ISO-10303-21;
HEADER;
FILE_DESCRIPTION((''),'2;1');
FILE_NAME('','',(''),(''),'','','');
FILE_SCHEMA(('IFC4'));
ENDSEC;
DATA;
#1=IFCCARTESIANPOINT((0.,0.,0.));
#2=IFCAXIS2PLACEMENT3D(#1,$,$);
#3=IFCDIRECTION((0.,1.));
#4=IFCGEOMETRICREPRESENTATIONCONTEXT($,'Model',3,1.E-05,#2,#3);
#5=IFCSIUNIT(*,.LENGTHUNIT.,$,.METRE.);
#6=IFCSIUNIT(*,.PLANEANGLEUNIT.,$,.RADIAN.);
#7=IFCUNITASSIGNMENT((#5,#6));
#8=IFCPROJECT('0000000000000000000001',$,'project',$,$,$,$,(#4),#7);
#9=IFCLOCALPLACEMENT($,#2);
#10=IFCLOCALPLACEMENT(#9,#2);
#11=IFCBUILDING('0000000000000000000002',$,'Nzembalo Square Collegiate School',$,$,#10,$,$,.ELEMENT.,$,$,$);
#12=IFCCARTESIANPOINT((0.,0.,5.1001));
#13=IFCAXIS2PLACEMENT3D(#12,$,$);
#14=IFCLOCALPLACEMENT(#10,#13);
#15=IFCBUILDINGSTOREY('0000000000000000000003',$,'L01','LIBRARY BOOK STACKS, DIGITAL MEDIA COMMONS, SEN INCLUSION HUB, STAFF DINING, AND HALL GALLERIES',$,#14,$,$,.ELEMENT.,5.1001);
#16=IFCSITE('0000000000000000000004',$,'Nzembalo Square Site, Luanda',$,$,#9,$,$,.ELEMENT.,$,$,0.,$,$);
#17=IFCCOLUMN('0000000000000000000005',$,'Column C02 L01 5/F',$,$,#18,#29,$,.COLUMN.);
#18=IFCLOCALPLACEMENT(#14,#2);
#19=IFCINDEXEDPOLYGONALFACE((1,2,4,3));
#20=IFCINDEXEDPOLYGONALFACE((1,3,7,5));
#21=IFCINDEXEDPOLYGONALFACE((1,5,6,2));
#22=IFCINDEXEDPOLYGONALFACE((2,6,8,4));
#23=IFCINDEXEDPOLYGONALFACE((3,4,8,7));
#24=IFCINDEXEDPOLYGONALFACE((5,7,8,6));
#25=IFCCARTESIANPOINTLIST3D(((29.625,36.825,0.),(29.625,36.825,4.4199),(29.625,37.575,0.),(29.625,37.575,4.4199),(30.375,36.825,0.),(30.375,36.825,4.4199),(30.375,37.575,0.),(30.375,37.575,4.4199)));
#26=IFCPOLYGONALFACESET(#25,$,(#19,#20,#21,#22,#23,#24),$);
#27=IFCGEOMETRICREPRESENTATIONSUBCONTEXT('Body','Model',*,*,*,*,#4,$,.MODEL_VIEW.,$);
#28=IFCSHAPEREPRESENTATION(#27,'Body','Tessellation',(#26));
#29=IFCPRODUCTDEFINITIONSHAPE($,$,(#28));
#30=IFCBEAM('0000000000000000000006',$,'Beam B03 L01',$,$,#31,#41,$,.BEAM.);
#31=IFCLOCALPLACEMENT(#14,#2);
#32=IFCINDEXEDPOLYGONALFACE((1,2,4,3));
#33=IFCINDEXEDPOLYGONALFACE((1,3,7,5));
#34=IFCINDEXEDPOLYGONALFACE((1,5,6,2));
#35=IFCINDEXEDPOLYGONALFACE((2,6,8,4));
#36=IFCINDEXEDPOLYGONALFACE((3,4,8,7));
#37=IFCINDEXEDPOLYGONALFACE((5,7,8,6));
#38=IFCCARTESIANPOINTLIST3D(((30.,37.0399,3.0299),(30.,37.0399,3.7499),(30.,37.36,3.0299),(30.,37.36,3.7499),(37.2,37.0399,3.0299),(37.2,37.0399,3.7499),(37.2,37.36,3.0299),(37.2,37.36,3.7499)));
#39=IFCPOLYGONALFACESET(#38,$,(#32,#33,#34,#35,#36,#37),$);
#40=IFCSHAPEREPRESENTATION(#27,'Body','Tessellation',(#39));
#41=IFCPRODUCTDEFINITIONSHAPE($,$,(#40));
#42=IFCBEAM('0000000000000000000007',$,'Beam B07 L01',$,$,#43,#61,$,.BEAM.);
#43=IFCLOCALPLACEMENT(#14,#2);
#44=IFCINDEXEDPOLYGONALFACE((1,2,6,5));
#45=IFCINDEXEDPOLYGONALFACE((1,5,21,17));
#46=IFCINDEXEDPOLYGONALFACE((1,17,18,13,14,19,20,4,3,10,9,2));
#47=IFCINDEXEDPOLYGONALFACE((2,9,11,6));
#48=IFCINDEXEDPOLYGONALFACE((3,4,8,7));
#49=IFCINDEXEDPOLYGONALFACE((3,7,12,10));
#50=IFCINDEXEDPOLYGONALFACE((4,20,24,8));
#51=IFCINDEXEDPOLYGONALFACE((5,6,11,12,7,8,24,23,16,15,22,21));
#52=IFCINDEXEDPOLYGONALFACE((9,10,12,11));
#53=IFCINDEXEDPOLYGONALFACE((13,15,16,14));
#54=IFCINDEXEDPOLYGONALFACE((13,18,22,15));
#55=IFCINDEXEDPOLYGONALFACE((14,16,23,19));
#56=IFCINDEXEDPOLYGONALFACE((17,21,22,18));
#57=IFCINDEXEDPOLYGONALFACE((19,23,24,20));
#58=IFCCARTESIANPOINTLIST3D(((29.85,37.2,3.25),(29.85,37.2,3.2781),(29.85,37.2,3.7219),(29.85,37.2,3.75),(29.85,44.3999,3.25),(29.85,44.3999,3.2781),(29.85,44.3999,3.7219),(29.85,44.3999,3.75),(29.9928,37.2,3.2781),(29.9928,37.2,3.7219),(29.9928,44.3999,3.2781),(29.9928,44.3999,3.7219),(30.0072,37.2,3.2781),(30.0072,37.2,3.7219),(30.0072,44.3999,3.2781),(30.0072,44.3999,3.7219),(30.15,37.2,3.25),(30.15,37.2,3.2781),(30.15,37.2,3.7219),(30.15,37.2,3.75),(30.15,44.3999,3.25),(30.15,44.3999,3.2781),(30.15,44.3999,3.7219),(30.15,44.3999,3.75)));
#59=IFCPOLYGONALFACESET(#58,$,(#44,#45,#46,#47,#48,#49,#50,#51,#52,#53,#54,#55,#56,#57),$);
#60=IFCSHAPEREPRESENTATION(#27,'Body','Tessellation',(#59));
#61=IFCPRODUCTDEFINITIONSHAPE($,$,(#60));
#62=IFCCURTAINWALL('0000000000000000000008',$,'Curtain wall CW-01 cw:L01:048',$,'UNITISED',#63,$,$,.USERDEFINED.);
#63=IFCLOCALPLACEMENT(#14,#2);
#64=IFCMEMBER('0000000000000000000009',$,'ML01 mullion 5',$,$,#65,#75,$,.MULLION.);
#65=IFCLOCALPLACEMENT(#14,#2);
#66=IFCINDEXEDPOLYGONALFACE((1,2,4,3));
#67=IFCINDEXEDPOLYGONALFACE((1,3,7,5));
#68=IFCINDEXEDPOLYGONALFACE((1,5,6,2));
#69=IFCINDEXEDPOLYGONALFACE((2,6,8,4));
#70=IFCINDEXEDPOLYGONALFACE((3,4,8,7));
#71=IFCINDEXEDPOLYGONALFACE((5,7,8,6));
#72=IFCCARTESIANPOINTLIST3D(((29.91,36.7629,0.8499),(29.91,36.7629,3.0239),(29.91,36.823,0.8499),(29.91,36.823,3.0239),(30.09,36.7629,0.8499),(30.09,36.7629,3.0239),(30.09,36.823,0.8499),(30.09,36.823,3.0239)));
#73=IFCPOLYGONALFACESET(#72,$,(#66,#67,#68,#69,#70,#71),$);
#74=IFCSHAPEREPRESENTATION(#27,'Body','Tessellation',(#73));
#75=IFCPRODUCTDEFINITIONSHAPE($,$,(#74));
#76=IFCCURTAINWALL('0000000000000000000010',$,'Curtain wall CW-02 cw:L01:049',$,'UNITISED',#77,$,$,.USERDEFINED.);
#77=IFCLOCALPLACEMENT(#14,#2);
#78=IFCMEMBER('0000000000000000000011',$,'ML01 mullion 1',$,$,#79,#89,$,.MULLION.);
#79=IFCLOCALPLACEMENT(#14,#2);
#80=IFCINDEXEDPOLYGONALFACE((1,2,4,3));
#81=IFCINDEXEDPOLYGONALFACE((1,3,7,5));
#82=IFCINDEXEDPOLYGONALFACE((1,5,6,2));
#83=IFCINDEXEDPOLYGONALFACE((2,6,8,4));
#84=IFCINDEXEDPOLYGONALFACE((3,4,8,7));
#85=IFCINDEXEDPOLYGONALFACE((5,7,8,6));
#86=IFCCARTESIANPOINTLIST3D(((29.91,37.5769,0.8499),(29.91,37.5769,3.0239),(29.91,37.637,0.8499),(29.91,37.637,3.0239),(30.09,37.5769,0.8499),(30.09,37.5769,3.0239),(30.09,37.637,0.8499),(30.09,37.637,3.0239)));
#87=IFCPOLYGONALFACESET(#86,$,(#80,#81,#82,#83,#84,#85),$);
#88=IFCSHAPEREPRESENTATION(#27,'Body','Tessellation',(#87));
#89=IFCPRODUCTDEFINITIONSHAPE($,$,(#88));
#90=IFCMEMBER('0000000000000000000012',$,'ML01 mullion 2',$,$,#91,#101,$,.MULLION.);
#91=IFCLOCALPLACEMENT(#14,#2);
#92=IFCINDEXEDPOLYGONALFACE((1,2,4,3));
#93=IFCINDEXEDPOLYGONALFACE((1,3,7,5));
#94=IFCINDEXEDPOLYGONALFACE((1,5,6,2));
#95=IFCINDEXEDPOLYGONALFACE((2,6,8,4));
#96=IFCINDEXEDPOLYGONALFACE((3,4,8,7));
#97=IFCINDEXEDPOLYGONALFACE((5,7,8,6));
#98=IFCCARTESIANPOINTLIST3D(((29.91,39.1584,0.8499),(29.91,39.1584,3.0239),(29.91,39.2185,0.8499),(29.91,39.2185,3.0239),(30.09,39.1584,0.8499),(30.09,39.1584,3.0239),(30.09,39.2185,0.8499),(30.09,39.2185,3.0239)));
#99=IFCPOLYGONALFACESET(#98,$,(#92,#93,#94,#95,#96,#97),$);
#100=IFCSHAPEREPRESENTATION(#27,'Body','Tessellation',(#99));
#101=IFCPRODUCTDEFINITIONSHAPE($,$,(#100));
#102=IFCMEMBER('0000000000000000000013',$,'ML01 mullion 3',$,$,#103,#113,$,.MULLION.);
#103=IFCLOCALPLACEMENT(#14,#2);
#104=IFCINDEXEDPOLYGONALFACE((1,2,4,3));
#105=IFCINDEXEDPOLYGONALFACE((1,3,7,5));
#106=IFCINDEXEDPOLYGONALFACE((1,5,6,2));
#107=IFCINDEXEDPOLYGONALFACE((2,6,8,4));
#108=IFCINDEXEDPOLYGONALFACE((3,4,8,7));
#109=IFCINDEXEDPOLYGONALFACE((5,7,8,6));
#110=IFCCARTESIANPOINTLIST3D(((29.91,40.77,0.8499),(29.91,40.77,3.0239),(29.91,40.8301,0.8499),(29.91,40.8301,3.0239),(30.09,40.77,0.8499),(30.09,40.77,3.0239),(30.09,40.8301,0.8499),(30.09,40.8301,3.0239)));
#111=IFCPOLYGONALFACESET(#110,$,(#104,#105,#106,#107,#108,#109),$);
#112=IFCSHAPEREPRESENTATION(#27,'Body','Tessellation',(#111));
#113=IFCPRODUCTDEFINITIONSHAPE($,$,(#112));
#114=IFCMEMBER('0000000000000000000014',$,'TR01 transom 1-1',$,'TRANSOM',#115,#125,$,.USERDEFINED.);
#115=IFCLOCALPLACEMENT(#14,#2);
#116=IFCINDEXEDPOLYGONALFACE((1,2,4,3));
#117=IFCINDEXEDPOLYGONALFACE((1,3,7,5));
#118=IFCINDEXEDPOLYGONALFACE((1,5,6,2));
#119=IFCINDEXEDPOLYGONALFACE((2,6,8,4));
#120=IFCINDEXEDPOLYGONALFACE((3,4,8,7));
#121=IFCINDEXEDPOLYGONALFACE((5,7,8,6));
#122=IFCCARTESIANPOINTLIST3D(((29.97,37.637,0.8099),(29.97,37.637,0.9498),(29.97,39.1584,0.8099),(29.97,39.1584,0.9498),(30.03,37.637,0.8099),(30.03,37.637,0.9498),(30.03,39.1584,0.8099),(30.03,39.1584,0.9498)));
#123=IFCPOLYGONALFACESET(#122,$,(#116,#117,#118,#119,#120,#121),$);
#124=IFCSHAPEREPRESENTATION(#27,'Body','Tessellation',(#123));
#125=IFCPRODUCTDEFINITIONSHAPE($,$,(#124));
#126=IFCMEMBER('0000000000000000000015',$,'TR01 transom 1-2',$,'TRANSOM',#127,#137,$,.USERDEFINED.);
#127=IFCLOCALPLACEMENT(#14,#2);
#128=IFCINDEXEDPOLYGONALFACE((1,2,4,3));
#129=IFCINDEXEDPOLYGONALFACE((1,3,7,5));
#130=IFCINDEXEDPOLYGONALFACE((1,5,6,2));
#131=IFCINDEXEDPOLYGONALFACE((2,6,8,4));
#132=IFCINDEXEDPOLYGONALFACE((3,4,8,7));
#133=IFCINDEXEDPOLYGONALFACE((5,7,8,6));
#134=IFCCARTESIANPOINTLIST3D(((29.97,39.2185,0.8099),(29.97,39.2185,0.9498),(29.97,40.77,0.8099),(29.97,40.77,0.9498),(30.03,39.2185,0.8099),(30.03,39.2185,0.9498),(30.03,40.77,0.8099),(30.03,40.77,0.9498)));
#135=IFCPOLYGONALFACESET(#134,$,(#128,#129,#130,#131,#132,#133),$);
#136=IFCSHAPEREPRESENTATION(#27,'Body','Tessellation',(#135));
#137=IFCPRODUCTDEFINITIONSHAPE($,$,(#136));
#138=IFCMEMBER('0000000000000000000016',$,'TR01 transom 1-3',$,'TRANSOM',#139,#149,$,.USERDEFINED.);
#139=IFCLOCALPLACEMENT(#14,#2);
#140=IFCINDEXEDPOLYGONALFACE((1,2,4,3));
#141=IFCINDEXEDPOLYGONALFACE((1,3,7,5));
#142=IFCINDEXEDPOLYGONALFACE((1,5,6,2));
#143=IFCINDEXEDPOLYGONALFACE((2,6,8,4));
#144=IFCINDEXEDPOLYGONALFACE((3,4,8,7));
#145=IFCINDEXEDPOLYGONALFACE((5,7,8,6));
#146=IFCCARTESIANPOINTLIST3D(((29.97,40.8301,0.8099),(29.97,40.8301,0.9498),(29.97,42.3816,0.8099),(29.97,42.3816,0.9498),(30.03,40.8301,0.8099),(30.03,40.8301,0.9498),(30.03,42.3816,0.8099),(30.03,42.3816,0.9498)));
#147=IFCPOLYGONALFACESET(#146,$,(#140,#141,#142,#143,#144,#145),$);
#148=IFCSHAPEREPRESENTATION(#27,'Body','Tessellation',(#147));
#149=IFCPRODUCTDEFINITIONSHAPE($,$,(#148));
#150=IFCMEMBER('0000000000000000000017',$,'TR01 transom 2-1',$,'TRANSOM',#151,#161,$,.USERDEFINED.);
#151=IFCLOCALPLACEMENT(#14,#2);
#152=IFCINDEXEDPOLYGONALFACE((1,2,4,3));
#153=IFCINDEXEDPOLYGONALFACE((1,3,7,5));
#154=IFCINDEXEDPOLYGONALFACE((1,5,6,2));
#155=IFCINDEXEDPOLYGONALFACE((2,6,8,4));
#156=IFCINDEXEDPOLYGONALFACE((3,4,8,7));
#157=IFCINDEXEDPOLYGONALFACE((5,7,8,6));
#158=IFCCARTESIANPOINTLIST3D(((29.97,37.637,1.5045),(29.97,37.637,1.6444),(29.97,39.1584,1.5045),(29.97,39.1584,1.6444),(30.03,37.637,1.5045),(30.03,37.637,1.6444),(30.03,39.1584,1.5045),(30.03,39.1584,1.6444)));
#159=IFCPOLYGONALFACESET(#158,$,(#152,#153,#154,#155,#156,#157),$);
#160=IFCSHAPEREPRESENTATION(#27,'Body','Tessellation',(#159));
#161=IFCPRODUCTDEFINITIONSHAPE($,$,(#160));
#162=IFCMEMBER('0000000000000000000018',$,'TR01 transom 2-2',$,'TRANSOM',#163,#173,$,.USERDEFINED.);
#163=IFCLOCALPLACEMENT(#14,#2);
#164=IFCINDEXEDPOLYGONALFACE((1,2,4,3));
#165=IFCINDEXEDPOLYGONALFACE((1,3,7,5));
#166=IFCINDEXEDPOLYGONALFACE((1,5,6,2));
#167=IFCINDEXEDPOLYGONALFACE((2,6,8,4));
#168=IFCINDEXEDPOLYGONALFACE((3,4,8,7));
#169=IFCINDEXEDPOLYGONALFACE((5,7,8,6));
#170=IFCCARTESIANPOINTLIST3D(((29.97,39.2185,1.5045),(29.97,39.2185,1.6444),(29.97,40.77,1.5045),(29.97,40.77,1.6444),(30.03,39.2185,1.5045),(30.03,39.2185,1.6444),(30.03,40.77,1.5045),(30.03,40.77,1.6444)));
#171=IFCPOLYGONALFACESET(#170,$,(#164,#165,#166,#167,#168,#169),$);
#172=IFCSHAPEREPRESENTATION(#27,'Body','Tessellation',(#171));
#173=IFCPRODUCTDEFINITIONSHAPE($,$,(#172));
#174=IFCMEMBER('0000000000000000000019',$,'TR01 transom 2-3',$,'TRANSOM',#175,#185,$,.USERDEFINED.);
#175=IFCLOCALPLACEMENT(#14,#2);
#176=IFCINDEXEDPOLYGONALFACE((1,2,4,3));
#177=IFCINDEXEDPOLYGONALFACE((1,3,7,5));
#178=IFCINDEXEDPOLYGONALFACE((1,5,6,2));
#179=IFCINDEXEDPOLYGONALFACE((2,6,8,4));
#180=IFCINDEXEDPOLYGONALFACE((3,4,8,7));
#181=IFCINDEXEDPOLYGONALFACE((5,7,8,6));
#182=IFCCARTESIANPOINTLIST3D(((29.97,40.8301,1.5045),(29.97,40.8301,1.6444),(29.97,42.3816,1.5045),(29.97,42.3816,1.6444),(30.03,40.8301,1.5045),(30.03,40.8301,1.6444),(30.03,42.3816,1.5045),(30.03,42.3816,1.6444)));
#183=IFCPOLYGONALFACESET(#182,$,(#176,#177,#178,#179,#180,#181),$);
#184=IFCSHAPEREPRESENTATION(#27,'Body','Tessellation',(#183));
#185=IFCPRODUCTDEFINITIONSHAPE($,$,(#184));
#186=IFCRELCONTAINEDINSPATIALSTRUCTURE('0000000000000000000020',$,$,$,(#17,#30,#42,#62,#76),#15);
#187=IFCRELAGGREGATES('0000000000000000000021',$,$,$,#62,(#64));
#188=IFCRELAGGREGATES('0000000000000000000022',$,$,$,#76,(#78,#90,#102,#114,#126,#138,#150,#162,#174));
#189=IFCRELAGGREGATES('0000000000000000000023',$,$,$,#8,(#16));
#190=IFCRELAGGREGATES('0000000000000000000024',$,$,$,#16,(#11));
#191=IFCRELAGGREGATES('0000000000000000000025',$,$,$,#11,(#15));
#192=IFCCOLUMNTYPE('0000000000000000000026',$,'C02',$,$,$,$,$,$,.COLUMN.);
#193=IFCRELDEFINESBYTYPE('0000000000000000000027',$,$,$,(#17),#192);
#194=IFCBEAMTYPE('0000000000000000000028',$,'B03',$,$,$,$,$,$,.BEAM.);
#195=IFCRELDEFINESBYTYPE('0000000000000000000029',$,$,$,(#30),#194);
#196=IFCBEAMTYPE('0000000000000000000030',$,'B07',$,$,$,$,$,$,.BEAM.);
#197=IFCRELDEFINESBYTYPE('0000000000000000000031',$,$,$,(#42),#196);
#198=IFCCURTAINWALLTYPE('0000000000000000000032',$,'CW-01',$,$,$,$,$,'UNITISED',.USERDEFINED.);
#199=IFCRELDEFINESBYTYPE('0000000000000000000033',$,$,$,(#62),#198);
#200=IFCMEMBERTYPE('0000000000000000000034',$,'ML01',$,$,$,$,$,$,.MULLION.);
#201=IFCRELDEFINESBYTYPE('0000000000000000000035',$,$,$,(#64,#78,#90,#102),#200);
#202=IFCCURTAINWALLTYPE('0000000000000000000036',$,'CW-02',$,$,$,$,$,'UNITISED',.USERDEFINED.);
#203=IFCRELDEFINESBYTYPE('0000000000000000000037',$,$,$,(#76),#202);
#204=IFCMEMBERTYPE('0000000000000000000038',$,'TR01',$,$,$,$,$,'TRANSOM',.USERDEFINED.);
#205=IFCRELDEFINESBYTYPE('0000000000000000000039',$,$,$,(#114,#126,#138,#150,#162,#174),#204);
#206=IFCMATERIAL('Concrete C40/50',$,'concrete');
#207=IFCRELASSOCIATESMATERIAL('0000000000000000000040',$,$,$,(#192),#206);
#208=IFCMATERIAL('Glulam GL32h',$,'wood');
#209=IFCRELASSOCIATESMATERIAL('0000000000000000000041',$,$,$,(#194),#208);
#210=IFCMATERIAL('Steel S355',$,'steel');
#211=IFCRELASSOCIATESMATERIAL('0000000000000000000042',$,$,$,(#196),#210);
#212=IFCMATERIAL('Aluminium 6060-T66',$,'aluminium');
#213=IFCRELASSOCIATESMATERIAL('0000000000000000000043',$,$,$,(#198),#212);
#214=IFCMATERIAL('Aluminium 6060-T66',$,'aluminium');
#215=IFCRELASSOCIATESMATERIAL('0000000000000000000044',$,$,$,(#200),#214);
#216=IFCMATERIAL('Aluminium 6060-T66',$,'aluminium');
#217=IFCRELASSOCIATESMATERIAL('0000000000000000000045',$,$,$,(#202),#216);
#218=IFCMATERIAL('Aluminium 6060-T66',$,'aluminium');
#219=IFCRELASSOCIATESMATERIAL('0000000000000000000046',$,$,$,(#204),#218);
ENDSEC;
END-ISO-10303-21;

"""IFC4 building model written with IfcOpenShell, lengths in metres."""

from ifc_helpers import new_model, si_unit, direction, frame, origin, origin_2d, place, context, subcontext, project, spatial, rectangle, i_section, extrude, material, material_profile, profile_set, type_object, element, aggregate, save


model = new_model("IFC4")

# Units and contexts
model_context = context("Model", 3, precision=1e-05, world=origin(), true_north=direction((0.0, 1.0)))
body_context = subcontext(model_context, "Body", "Model", "MODEL_VIEW")
ifc_project = project(units=[si_unit("LENGTHUNIT", "METRE"), si_unit("PLANEANGLEUNIT", "RADIAN")], contexts=[model_context])

# Site, building, storey
site_placement = place(None, origin())
site = spatial("IfcSite", under=ifc_project, at=site_placement, Name="Nzembalo Square Site, Luanda", CompositionType="ELEMENT", RefElevation=0.0)
building_placement = place(site_placement, origin())
building = spatial("IfcBuilding", under=site, at=building_placement, Name="Nzembalo Square Collegiate School", CompositionType="ELEMENT")
storey_placement = place(building_placement, frame((0.0, 0.0, 5.1001)))
storey = spatial("IfcBuildingStorey", under=building, at=storey_placement, Name="L01", Description="LIBRARY BOOK STACKS, DIGITAL MEDIA COMMONS, SEN INCLUSION HUB, STAFF DINING, AND HALL GALLERIES", CompositionType="ELEMENT", Elevation=5.1001)

# Column
ifc_material_1 = material(Name="Concrete C40/50", Category="concrete")
ifc_material_profile_1 = material_profile(ifc_material_1, rectangle(XDim=0.75, YDim=0.75, at=origin_2d()), Name="RC 750x750")
ifc_profile_set_1 = profile_set([ifc_material_profile_1], Name="Concrete C40/50")
column_type = type_object("IfcColumnType", Name="C02", PredefinedType="COLUMN", material=ifc_profile_set_1)
column_placement = place(storey_placement, frame((30.0, 37.2, 0.0), z_axis=(0.0, 0.0, 1.0), x_axis=(1.0, 0.0, 0.0)))
element("IfcColumn", 1, at=column_placement, inside=storey, type_object=column_type, Name="Column C02 L01 5/F", PredefinedType="COLUMN", context=body_context, shape_type="SweptSolid", body=[
    extrude(rectangle(XDim=0.75, YDim=0.75, at=origin_2d()), origin(), (0.0, 0.0, 1.0), 4.4199),
])

# Beams
ifc_material_2 = material(Name="Glulam GL32h", Category="wood")
ifc_material_profile_2 = material_profile(ifc_material_2, rectangle(XDim=0.3201, YDim=0.72, at=origin_2d()), Name="GL32h 320x720")
ifc_profile_set_2 = profile_set([ifc_material_profile_2], Name="Glulam GL32h")
beam_type_1 = type_object("IfcBeamType", Name="B03", PredefinedType="BEAM", material=ifc_profile_set_2)
beam_1_placement = place(storey_placement, frame((30.0, 37.2, 3.3899), z_axis=(1.0, 0.0, 0.0), x_axis=(0.0, 1.0, 0.0)))
element("IfcBeam", 2, at=beam_1_placement, inside=storey, type_object=beam_type_1, Name="Beam B03 L01", PredefinedType="BEAM", context=body_context, shape_type="SweptSolid", body=[
    extrude(rectangle(XDim=0.3201, YDim=0.72, at=origin_2d()), origin(), (0.0, 0.0, 1.0), 7.2),
])
ifc_material_3 = material(Name="Steel S355", Category="steel")
ifc_material_profile_3 = material_profile(ifc_material_3, i_section(OverallWidth=0.3, OverallDepth=0.5, WebThickness=0.0144, FlangeThickness=0.0281, at=origin_2d()), Name="HEB 500")
ifc_profile_set_3 = profile_set([ifc_material_profile_3], Name="Steel S355")
beam_type_2 = type_object("IfcBeamType", Name="B07", PredefinedType="BEAM", material=ifc_profile_set_3)
beam_2_placement = place(storey_placement, frame((30.0, 37.2, 3.5), z_axis=(0.0, 1.0, 0.0), x_axis=(-1.0, 0.0, 0.0)))
element("IfcBeam", 3, at=beam_2_placement, inside=storey, type_object=beam_type_2, Name="Beam B07 L01", PredefinedType="BEAM", context=body_context, shape_type="SweptSolid", body=[
    extrude(i_section(OverallWidth=0.3, OverallDepth=0.5, WebThickness=0.0144, FlangeThickness=0.0281, at=origin_2d()), origin(), (0.0, 0.0, 1.0), 7.2),
])

# Curtain wall, member
ifc_material_4 = material(Name="Aluminium 6060-T66", Category="aluminium")
curtain_wall_type_1 = type_object("IfcCurtainWallType", Name="CW-01", ElementType="UNITISED", PredefinedType="USERDEFINED", material=ifc_material_4)
curtain_wall_1_placement = place(storey_placement, origin())
curtain_wall_1 = element("IfcCurtainWall", 4, at=curtain_wall_1_placement, inside=storey, type_object=curtain_wall_type_1, Name="Curtain wall CW-01 cw:L01:048", ObjectType="UNITISED", PredefinedType="USERDEFINED")
ifc_material_5 = material(Name="Aluminium 6060-T66", Category="aluminium")
ifc_material_profile_4 = material_profile(ifc_material_5, rectangle(XDim=0.0601, YDim=0.1799, at=origin_2d()), Name="ALU M60x180")
ifc_profile_set_4 = profile_set([ifc_material_profile_4], Name="Aluminium 6060-T66")
member_type_1 = type_object("IfcMemberType", Name="ML01", PredefinedType="MULLION", material=ifc_profile_set_4)
member_1_placement = place(storey_placement, frame((30.0, 36.793, 0.8499), z_axis=(0.0, 0.0, 1.0), x_axis=(0.0, 1.0, 0.0)))
member_1 = element("IfcMember", 5, at=member_1_placement, type_object=member_type_1, Name="ML01 mullion 5", PredefinedType="MULLION", context=body_context, shape_type="SweptSolid", body=[
    extrude(rectangle(XDim=0.0601, YDim=0.1799, at=origin_2d()), origin(), (0.0, 0.0, 1.0), 2.1741),
])
aggregate(curtain_wall_1, [member_1])

# Curtain wall, members
ifc_material_6 = material(Name="Aluminium 6060-T66", Category="aluminium")
curtain_wall_type_2 = type_object("IfcCurtainWallType", Name="CW-02", ElementType="UNITISED", PredefinedType="USERDEFINED", material=ifc_material_6)
curtain_wall_2_placement = place(storey_placement, origin())
curtain_wall_2 = element("IfcCurtainWall", 6, at=curtain_wall_2_placement, inside=storey, type_object=curtain_wall_type_2, Name="Curtain wall CW-02 cw:L01:049", ObjectType="UNITISED", PredefinedType="USERDEFINED")
member_2_placement = place(storey_placement, frame((30.0, 37.6069, 0.8499), z_axis=(0.0, 0.0, 1.0), x_axis=(0.0, 1.0, 0.0)))
member_2 = element("IfcMember", 7, at=member_2_placement, type_object=member_type_1, Name="ML01 mullion 1", PredefinedType="MULLION", context=body_context, shape_type="SweptSolid", body=[
    extrude(rectangle(XDim=0.0601, YDim=0.1799, at=origin_2d()), origin(), (0.0, 0.0, 1.0), 2.1741),
])
member_3_placement = place(storey_placement, frame((30.0, 39.1885, 0.8499), z_axis=(0.0, 0.0, 1.0), x_axis=(0.0, 1.0, 0.0)))
member_3 = element("IfcMember", 8, at=member_3_placement, type_object=member_type_1, Name="ML01 mullion 2", PredefinedType="MULLION", context=body_context, shape_type="SweptSolid", body=[
    extrude(rectangle(XDim=0.0601, YDim=0.1799, at=origin_2d()), origin(), (0.0, 0.0, 1.0), 2.1741),
])
member_4_placement = place(storey_placement, frame((30.0, 40.8, 0.8499), z_axis=(0.0, 0.0, 1.0), x_axis=(0.0, 1.0, 0.0)))
member_4 = element("IfcMember", 9, at=member_4_placement, type_object=member_type_1, Name="ML01 mullion 3", PredefinedType="MULLION", context=body_context, shape_type="SweptSolid", body=[
    extrude(rectangle(XDim=0.0601, YDim=0.1799, at=origin_2d()), origin(), (0.0, 0.0, 1.0), 2.1741),
])
ifc_material_7 = material(Name="Aluminium 6060-T66", Category="aluminium")
ifc_material_profile_5 = material_profile(ifc_material_7, rectangle(XDim=0.0601, YDim=0.1399, at=origin_2d()), Name="ALU T60x140")
ifc_profile_set_5 = profile_set([ifc_material_profile_5], Name="Aluminium 6060-T66")
member_type_2 = type_object("IfcMemberType", Name="TR01", ElementType="TRANSOM", PredefinedType="USERDEFINED", material=ifc_profile_set_5)
member_5_placement = place(storey_placement, frame((30.0, 37.637, 0.8799), z_axis=(0.0, 1.0, 0.0), x_axis=(-1.0, 0.0, 0.0)))
member_5 = element("IfcMember", 10, at=member_5_placement, type_object=member_type_2, Name="TR01 transom 1-1", ObjectType="TRANSOM", PredefinedType="USERDEFINED", context=body_context, shape_type="SweptSolid", body=[
    extrude(rectangle(XDim=0.0601, YDim=0.1399, at=origin_2d()), origin(), (0.0, 0.0, 1.0), 1.5215),
])
member_6_placement = place(storey_placement, frame((30.0, 39.2185, 0.8799), z_axis=(0.0, 1.0, 0.0), x_axis=(-1.0, 0.0, 0.0)))
member_6 = element("IfcMember", 11, at=member_6_placement, type_object=member_type_2, Name="TR01 transom 1-2", ObjectType="TRANSOM", PredefinedType="USERDEFINED", context=body_context, shape_type="SweptSolid", body=[
    extrude(rectangle(XDim=0.0601, YDim=0.1399, at=origin_2d()), origin(), (0.0, 0.0, 1.0), 1.5515),
])
member_7_placement = place(storey_placement, frame((30.0, 40.8301, 0.8799), z_axis=(0.0, 1.0, 0.0), x_axis=(-1.0, 0.0, 0.0)))
member_7 = element("IfcMember", 12, at=member_7_placement, type_object=member_type_2, Name="TR01 transom 1-3", ObjectType="TRANSOM", PredefinedType="USERDEFINED", context=body_context, shape_type="SweptSolid", body=[
    extrude(rectangle(XDim=0.0601, YDim=0.1399, at=origin_2d()), origin(), (0.0, 0.0, 1.0), 1.5515),
])
member_8_placement = place(storey_placement, frame((30.0, 37.637, 1.5745), z_axis=(0.0, 1.0, 0.0), x_axis=(-1.0, 0.0, 0.0)))
member_8 = element("IfcMember", 13, at=member_8_placement, type_object=member_type_2, Name="TR01 transom 2-1", ObjectType="TRANSOM", PredefinedType="USERDEFINED", context=body_context, shape_type="SweptSolid", body=[
    extrude(rectangle(XDim=0.0601, YDim=0.1399, at=origin_2d()), origin(), (0.0, 0.0, 1.0), 1.5215),
])
member_9_placement = place(storey_placement, frame((30.0, 39.2185, 1.5745), z_axis=(0.0, 1.0, 0.0), x_axis=(-1.0, 0.0, 0.0)))
member_9 = element("IfcMember", 14, at=member_9_placement, type_object=member_type_2, Name="TR01 transom 2-2", ObjectType="TRANSOM", PredefinedType="USERDEFINED", context=body_context, shape_type="SweptSolid", body=[
    extrude(rectangle(XDim=0.0601, YDim=0.1399, at=origin_2d()), origin(), (0.0, 0.0, 1.0), 1.5515),
])
member_10_placement = place(storey_placement, frame((30.0, 40.8301, 1.5745), z_axis=(0.0, 1.0, 0.0), x_axis=(-1.0, 0.0, 0.0)))
member_10 = element("IfcMember", 15, at=member_10_placement, type_object=member_type_2, Name="TR01 transom 2-3", ObjectType="TRANSOM", PredefinedType="USERDEFINED", context=body_context, shape_type="SweptSolid", body=[
    extrude(rectangle(XDim=0.0601, YDim=0.1399, at=origin_2d()), origin(), (0.0, 0.0, 1.0), 1.5515),
])

aggregate(curtain_wall_2, [member_2, member_3, member_4, member_5, member_6, member_7, member_8, member_9, member_10])

save(model, "model.ifc")
